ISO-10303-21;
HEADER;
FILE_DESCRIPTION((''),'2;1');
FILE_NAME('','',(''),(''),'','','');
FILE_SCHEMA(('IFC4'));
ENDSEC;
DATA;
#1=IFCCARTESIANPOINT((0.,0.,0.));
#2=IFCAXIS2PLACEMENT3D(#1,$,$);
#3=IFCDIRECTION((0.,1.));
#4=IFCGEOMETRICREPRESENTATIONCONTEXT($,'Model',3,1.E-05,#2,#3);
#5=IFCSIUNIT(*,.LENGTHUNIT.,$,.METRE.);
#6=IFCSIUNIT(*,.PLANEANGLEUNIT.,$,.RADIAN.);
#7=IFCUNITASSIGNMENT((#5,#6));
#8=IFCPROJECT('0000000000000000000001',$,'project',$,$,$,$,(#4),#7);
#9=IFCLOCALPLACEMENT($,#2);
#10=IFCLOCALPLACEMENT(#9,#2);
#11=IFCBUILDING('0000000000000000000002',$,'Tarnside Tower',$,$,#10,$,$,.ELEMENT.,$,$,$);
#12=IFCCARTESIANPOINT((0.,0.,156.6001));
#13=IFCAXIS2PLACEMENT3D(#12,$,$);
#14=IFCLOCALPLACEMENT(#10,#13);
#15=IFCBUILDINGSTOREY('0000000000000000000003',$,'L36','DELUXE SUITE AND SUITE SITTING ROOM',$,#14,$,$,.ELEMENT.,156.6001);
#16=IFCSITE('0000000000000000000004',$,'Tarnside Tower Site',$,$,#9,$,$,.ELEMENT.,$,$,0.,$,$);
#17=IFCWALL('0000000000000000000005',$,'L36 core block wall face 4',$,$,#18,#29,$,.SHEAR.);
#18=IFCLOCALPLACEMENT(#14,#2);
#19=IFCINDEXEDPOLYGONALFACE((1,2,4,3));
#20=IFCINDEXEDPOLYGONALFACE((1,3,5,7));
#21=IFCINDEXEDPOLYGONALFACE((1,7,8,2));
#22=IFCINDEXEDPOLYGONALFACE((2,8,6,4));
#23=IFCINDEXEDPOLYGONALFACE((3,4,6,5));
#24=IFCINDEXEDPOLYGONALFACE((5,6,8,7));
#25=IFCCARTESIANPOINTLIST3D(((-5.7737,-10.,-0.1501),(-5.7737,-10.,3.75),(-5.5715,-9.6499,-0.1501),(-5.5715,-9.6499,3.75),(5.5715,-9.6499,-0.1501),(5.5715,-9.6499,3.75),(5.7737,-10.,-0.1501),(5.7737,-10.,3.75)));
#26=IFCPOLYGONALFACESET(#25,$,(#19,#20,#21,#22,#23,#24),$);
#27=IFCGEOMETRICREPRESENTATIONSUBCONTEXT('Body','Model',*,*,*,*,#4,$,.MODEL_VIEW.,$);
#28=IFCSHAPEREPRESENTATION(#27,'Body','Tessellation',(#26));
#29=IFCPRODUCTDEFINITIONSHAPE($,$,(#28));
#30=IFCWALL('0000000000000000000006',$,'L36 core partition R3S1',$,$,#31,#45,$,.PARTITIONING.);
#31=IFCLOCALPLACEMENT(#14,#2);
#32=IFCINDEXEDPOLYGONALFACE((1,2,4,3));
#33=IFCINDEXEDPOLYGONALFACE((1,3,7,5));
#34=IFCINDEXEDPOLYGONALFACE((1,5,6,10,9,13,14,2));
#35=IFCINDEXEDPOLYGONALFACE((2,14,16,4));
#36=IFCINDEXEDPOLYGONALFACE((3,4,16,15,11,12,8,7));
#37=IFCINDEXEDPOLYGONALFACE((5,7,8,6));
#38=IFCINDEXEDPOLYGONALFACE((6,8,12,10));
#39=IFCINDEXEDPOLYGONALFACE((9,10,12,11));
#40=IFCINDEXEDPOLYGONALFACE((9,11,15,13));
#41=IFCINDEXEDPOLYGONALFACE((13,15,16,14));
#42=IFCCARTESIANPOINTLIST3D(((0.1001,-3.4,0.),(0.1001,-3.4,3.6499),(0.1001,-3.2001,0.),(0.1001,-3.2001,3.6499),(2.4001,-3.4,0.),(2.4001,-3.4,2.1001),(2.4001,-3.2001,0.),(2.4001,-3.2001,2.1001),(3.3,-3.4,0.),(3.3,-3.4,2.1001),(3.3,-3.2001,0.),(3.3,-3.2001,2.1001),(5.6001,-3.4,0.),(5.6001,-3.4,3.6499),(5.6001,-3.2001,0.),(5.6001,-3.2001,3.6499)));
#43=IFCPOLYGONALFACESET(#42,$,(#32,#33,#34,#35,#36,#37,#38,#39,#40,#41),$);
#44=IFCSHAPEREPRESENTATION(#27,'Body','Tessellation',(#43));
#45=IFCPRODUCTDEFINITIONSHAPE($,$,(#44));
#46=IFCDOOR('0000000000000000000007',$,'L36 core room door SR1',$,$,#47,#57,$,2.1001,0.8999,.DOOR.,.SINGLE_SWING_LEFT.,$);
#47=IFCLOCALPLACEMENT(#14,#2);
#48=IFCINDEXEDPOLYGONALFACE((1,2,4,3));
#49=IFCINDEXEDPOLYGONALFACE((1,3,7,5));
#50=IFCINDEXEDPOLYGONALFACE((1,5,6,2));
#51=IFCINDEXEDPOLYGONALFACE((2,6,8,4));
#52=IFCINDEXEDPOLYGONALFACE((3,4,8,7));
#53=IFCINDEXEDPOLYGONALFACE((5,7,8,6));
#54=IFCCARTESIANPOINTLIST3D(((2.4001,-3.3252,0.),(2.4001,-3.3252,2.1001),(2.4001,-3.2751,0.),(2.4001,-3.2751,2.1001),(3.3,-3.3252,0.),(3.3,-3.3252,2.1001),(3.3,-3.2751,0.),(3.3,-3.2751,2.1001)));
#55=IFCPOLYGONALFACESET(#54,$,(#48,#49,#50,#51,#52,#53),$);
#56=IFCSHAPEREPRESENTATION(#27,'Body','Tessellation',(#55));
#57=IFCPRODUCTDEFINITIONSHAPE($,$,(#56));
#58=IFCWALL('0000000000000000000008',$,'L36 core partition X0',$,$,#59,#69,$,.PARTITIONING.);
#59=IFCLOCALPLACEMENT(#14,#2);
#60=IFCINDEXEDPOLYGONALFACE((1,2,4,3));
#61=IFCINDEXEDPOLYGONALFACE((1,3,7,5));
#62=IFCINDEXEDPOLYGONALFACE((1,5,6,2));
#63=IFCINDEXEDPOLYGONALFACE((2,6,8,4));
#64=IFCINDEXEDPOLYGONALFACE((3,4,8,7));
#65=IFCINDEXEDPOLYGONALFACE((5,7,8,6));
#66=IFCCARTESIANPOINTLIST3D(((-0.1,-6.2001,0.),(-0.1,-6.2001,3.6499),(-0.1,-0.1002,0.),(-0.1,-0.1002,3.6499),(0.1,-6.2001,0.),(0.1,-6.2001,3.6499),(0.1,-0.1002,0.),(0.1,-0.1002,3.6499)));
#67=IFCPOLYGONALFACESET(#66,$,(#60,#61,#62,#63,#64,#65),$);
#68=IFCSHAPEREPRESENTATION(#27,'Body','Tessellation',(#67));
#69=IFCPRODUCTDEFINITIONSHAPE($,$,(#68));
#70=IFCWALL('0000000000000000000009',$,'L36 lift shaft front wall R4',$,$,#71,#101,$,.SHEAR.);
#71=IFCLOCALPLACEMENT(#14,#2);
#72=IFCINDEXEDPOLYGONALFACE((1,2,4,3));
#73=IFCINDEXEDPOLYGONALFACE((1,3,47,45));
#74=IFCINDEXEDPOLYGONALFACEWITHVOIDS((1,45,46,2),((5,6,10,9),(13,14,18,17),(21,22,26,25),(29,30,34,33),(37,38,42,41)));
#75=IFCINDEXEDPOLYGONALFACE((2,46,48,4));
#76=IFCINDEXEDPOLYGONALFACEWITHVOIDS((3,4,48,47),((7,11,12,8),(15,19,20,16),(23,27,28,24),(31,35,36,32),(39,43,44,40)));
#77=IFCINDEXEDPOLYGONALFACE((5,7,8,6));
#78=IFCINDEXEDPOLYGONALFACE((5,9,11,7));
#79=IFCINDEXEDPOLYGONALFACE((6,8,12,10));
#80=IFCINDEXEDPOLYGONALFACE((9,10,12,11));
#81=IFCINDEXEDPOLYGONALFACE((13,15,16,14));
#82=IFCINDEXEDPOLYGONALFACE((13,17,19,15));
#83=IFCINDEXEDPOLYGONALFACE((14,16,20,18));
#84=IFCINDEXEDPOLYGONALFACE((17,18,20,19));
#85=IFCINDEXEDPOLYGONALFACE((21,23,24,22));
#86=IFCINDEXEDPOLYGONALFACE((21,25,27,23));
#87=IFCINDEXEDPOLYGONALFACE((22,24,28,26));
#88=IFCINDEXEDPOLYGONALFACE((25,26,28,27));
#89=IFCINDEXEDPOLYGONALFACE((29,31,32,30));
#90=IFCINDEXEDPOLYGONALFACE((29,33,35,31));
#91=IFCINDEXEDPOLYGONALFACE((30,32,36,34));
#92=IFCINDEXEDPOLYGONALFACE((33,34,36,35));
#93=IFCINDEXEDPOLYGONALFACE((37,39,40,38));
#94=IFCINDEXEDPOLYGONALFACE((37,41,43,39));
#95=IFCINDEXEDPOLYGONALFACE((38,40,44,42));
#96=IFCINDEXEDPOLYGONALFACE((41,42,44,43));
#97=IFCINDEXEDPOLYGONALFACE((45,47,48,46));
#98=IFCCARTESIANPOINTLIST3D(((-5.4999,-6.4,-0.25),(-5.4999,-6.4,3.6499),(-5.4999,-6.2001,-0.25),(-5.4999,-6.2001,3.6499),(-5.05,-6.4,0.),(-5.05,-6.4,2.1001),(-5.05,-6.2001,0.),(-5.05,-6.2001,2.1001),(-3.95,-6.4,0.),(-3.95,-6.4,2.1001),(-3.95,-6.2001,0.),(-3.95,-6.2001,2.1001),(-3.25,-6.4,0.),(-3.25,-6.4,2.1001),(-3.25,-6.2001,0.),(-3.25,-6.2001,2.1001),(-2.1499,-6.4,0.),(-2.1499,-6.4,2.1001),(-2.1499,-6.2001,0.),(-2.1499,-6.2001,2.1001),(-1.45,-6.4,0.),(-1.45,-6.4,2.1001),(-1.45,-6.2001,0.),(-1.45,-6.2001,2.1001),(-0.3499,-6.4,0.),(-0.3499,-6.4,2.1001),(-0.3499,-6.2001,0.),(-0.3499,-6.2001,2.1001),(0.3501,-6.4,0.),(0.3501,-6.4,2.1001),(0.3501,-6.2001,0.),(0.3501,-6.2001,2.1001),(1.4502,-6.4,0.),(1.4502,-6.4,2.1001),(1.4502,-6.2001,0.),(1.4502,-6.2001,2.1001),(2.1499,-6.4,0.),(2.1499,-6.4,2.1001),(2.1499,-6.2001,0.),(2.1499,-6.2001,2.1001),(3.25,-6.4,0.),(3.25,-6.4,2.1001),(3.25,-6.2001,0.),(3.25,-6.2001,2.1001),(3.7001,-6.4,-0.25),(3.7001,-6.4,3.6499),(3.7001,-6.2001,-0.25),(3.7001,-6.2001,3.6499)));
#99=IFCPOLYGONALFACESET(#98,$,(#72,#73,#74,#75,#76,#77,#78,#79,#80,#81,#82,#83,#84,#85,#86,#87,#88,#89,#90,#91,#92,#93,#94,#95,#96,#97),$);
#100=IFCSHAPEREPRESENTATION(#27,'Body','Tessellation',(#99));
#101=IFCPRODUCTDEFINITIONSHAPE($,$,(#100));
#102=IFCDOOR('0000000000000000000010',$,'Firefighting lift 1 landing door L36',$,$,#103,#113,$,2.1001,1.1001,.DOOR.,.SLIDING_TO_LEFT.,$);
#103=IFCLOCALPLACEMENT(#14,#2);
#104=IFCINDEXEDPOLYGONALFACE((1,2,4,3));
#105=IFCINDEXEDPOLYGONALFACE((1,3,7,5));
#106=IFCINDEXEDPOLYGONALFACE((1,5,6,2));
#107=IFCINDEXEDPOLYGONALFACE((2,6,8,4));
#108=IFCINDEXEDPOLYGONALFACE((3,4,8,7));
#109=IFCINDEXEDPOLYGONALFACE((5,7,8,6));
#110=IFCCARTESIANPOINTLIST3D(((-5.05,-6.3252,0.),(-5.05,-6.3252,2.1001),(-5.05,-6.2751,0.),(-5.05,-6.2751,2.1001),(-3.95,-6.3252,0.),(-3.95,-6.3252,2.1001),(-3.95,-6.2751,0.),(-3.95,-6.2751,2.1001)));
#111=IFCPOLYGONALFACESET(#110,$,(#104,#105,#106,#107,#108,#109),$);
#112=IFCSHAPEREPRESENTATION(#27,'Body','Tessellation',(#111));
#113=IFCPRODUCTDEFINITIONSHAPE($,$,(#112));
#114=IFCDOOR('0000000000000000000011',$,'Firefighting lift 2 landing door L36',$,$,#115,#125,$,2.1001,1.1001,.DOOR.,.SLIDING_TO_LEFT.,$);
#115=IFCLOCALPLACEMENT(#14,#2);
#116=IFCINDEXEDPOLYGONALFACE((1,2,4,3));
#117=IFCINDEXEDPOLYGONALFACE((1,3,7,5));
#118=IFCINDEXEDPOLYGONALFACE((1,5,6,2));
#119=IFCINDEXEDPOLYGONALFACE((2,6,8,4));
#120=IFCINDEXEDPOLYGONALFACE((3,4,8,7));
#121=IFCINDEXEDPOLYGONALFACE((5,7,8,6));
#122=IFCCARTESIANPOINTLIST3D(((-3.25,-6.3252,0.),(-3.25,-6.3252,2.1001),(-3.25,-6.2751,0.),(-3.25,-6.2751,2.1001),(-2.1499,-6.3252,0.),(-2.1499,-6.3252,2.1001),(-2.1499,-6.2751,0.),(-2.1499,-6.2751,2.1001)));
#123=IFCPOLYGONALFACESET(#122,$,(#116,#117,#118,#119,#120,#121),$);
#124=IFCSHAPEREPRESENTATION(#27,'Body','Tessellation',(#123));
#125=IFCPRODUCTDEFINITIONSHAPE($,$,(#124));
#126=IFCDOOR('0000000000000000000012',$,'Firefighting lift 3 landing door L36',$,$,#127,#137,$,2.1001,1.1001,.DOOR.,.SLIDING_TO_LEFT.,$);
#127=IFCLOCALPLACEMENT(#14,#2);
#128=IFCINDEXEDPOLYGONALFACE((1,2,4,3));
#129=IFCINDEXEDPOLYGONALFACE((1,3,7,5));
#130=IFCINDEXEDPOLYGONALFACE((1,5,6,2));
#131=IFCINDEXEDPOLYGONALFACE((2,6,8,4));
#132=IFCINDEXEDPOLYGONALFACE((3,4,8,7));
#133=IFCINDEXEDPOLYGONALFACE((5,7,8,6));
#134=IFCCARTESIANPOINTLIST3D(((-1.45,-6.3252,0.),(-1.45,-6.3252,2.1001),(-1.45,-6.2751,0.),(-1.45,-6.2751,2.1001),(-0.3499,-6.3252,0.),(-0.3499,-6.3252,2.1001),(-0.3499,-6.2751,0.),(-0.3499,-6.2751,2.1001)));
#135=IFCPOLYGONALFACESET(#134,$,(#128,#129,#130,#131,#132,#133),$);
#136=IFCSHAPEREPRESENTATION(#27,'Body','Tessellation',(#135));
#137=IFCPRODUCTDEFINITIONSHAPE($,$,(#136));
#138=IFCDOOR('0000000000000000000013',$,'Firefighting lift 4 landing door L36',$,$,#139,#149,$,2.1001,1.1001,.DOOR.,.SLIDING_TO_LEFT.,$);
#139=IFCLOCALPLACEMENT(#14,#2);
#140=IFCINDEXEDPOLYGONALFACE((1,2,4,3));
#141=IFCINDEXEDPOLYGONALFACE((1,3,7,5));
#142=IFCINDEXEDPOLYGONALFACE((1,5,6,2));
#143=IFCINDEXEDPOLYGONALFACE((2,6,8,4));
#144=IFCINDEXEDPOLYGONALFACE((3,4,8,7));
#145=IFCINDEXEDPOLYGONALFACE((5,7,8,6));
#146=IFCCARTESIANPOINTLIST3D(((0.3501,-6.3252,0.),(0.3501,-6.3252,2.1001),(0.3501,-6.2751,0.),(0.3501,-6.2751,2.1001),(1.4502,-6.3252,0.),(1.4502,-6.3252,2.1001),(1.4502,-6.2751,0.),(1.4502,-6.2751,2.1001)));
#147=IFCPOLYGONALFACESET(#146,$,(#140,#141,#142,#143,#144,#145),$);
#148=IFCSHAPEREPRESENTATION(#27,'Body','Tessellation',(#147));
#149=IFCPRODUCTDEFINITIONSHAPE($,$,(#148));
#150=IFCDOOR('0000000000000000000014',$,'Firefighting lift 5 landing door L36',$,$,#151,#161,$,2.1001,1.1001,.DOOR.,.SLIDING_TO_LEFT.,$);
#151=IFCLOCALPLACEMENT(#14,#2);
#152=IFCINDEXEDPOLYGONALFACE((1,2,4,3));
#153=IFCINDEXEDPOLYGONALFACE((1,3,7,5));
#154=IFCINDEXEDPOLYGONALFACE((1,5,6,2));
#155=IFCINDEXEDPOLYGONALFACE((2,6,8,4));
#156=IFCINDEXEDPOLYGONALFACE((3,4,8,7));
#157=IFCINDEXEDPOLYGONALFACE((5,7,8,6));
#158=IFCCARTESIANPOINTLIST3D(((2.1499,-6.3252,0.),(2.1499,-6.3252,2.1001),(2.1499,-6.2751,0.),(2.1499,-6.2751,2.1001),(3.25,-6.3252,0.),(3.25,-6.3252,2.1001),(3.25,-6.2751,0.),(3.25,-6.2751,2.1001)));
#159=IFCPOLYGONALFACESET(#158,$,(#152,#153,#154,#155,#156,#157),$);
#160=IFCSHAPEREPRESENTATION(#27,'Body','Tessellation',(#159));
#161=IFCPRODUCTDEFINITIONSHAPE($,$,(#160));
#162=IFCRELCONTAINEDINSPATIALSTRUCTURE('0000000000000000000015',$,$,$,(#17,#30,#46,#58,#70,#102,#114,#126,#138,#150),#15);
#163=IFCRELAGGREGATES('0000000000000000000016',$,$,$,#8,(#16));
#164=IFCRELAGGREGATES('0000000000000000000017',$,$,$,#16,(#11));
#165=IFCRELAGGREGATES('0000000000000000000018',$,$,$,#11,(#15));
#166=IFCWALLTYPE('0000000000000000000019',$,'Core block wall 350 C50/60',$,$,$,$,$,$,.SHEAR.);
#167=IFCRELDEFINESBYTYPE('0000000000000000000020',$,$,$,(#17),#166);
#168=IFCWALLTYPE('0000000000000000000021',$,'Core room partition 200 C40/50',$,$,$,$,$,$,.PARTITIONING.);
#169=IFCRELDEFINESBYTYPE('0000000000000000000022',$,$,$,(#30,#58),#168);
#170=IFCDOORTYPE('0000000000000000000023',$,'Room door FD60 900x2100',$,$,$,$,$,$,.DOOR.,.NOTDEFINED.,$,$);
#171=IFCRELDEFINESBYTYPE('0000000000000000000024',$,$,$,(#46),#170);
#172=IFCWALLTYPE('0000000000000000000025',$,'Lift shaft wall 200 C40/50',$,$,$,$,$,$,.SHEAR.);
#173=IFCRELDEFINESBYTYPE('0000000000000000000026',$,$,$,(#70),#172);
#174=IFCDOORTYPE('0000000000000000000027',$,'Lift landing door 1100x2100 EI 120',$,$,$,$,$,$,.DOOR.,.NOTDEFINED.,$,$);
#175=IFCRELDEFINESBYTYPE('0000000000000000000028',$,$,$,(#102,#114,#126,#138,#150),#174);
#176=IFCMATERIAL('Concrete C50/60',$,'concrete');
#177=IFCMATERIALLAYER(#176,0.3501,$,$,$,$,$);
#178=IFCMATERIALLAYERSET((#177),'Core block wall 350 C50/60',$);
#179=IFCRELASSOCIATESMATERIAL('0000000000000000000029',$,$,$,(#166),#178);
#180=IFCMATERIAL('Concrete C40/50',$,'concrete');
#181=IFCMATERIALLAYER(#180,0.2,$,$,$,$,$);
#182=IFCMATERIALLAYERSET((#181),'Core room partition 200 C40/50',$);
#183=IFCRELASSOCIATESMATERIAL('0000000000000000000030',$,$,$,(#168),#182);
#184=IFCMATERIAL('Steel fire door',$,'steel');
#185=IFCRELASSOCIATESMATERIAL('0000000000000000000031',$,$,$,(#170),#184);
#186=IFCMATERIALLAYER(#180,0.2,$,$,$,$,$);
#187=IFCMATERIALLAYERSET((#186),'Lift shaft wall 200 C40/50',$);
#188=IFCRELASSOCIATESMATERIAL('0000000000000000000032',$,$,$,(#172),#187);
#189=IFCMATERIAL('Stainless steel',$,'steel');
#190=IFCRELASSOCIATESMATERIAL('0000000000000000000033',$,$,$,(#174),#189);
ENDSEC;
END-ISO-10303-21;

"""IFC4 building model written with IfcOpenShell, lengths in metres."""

from ifc_helpers import new_model, si_unit, direction, frame, frame_2d, origin, place, context, subcontext, project, spatial, polyline, rectangle, outline, extrude, material, layer, layer_set, type_object, element, fill, save


model = new_model("IFC4")

# Units and contexts
model_context = context("Model", 3, precision=1e-05, world=origin(), true_north=direction((0.0, 1.0)))
body_context = subcontext(model_context, "Body", "Model", "MODEL_VIEW")
ifc_project = project(units=[si_unit("LENGTHUNIT", "METRE"), si_unit("PLANEANGLEUNIT", "RADIAN")], contexts=[model_context])

# Site, building, storey
site_placement = place(None, origin())
site = spatial("IfcSite", under=ifc_project, at=site_placement, Name="Tarnside Tower Site", CompositionType="ELEMENT", RefElevation=0.0)
building_placement = place(site_placement, origin())
building = spatial("IfcBuilding", under=site, at=building_placement, Name="Tarnside Tower", CompositionType="ELEMENT")
storey_placement = place(building_placement, frame((0.0, 0.0, 156.6001)))
storey = spatial("IfcBuildingStorey", under=building, at=storey_placement, Name="L36", Description="DELUXE SUITE AND SUITE SITTING ROOM", CompositionType="ELEMENT", Elevation=156.6001)

# Wall
ifc_material_1 = material(Name="Concrete C50/60", Category="concrete")
ifc_layer_1 = layer(ifc_material_1, 0.3501)
ifc_layer_set_1 = layer_set([ifc_layer_1], Name="Core block wall 350 C50/60")
wall_type_1 = type_object("IfcWallType", Name="Core block wall 350 C50/60", PredefinedType="SHEAR", material=ifc_layer_set_1)
wall_1_placement = place(storey_placement, frame((-5.6726, -9.825, -0.1501), z_axis=(0.0, 0.0, 1.0), x_axis=(1.0, 0.0, 0.0)))
element("IfcWall", 1, at=wall_1_placement, inside=storey, type_object=wall_type_1, Name="L36 core block wall face 4", PredefinedType="SHEAR", context=body_context, shape_type="SweptSolid", body=[
    extrude(outline(polyline([(-0.1011, -0.175), (11.4463, -0.175), (11.2441, 0.175), (0.1011, 0.175), (-0.1011, -0.175)])), origin(), (0.0, 0.0, 1.0), 3.9001),
])

# Wall, opening, door
ifc_material_2 = material(Name="Concrete C40/50", Category="concrete")
ifc_layer_2 = layer(ifc_material_2, 0.2)
ifc_layer_set_2 = layer_set([ifc_layer_2], Name="Core room partition 200 C40/50")
wall_type_2 = type_object("IfcWallType", Name="Core room partition 200 C40/50", PredefinedType="PARTITIONING", material=ifc_layer_set_2)
wall_2_placement = place(storey_placement, frame((0.1001, -3.3, 0.0), z_axis=(0.0, 0.0, 1.0), x_axis=(1.0, 0.0, 0.0)))
wall_2 = element("IfcWall", 2, at=wall_2_placement, inside=storey, type_object=wall_type_2, Name="L36 core partition R3S1", PredefinedType="PARTITIONING", context=body_context, shape_type="SweptSolid", body=[
    extrude(rectangle(XDim=5.5, YDim=0.2, at=frame_2d((2.75, 0.0))), origin(), (0.0, 0.0, 1.0), 3.6499),
])
opening_1_placement = place(wall_2_placement, frame((2.3, 0.0, 0.0)))
opening_1 = element("IfcOpeningElement", 3, at=opening_1_placement, cuts=wall_2, PredefinedType="OPENING", context=body_context, shape_type="SweptSolid", body=[
    extrude(rectangle(XDim=0.8999, YDim=2.1001, at=frame_2d((0.45, 1.05))), frame((0.0, 0.1099, 0.0), z_axis=(0.0, -1.0, 0.0), x_axis=(1.0, 0.0, 0.0)), (0.0, 0.0, 1.0), 0.22),
])
ifc_material_3 = material(Name="Steel fire door", Category="steel")
door_type_1 = type_object("IfcDoorType", Name="Room door FD60 900x2100", OperationType="NOTDEFINED", PredefinedType="DOOR", material=ifc_material_3)
door_1_placement = place(opening_1_placement, origin())
door_1 = element("IfcDoor", 4, at=door_1_placement, inside=storey, type_object=door_type_1, Name="L36 core room door SR1", OperationType="SINGLE_SWING_LEFT", OverallHeight=2.1001, OverallWidth=0.8999, PredefinedType="DOOR", context=body_context, shape_type="SweptSolid", body=[
    extrude(rectangle(XDim=0.8999, YDim=2.1001, at=frame_2d((0.45, 1.05))), frame((0.0, 0.0249, 0.0), z_axis=(0.0, -1.0, 0.0), x_axis=(1.0, 0.0, 0.0)), (0.0, 0.0, 1.0), 0.05),
])
fill(opening_1, door_1)

# Wall
wall_3_placement = place(storey_placement, frame((0.0, -6.2, 0.0), z_axis=(0.0, 0.0, 1.0), x_axis=(0.0, 1.0, 0.0)))
element("IfcWall", 5, at=wall_3_placement, inside=storey, type_object=wall_type_2, Name="L36 core partition X0", PredefinedType="PARTITIONING", context=body_context, shape_type="SweptSolid", body=[
    extrude(rectangle(XDim=6.0999, YDim=0.2, at=frame_2d((3.0498, 0.0))), origin(), (0.0, 0.0, 1.0), 3.6499),
])

# Wall, openings, doors
ifc_layer_3 = layer(ifc_material_2, 0.2)
ifc_layer_set_3 = layer_set([ifc_layer_3], Name="Lift shaft wall 200 C40/50")
wall_type_3 = type_object("IfcWallType", Name="Lift shaft wall 200 C40/50", PredefinedType="SHEAR", material=ifc_layer_set_3)
wall_4_placement = place(storey_placement, frame((-5.5, -6.3, -0.25), z_axis=(0.0, 0.0, 1.0), x_axis=(1.0, 0.0, 0.0)))
wall_4 = element("IfcWall", 6, at=wall_4_placement, inside=storey, type_object=wall_type_3, Name="L36 lift shaft front wall R4", PredefinedType="SHEAR", context=body_context, shape_type="SweptSolid", body=[
    extrude(rectangle(XDim=9.2, YDim=0.2, at=frame_2d((4.6001, 0.0))), origin(), (0.0, 0.0, 1.0), 3.8999),
])
opening_2_placement = place(wall_4_placement, frame((0.45, 0.0, 0.25)))
opening_2 = element("IfcOpeningElement", 7, at=opening_2_placement, cuts=wall_4, PredefinedType="OPENING", context=body_context, shape_type="SweptSolid", body=[
    extrude(rectangle(XDim=1.1001, YDim=2.1001, at=frame_2d((0.55, 1.05))), frame((0.0, 0.1099, 0.0), z_axis=(0.0, -1.0, 0.0), x_axis=(1.0, 0.0, 0.0)), (0.0, 0.0, 1.0), 0.22),
])
opening_3_placement = place(wall_4_placement, frame((2.25, 0.0, 0.25)))
opening_3 = element("IfcOpeningElement", 8, at=opening_3_placement, cuts=wall_4, PredefinedType="OPENING", context=body_context, shape_type="SweptSolid", body=[
    extrude(rectangle(XDim=1.1001, YDim=2.1001, at=frame_2d((0.55, 1.05))), frame((0.0, 0.1099, 0.0), z_axis=(0.0, -1.0, 0.0), x_axis=(1.0, 0.0, 0.0)), (0.0, 0.0, 1.0), 0.22),
])
opening_4_placement = place(wall_4_placement, frame((4.05, 0.0, 0.25)))
opening_4 = element("IfcOpeningElement", 9, at=opening_4_placement, cuts=wall_4, PredefinedType="OPENING", context=body_context, shape_type="SweptSolid", body=[
    extrude(rectangle(XDim=1.1001, YDim=2.1001, at=frame_2d((0.55, 1.05))), frame((0.0, 0.1099, 0.0), z_axis=(0.0, -1.0, 0.0), x_axis=(1.0, 0.0, 0.0)), (0.0, 0.0, 1.0), 0.22),
])
opening_5_placement = place(wall_4_placement, frame((5.8501, 0.0, 0.25)))
opening_5 = element("IfcOpeningElement", 10, at=opening_5_placement, cuts=wall_4, PredefinedType="OPENING", context=body_context, shape_type="SweptSolid", body=[
    extrude(rectangle(XDim=1.1001, YDim=2.1001, at=frame_2d((0.55, 1.05))), frame((0.0, 0.1099, 0.0), z_axis=(0.0, -1.0, 0.0), x_axis=(1.0, 0.0, 0.0)), (0.0, 0.0, 1.0), 0.22),
])
opening_6_placement = place(wall_4_placement, frame((7.6499, 0.0, 0.25)))
opening_6 = element("IfcOpeningElement", 11, at=opening_6_placement, cuts=wall_4, PredefinedType="OPENING", context=body_context, shape_type="SweptSolid", body=[
    extrude(rectangle(XDim=1.1001, YDim=2.1001, at=frame_2d((0.55, 1.05))), frame((0.0, 0.1099, 0.0), z_axis=(0.0, -1.0, 0.0), x_axis=(1.0, 0.0, 0.0)), (0.0, 0.0, 1.0), 0.22),
])
ifc_material_4 = material(Name="Stainless steel", Category="steel")
door_type_2 = type_object("IfcDoorType", Name="Lift landing door 1100x2100 EI 120", OperationType="NOTDEFINED", PredefinedType="DOOR", material=ifc_material_4)
door_2_placement = place(opening_2_placement, origin())
door_2 = element("IfcDoor", 12, at=door_2_placement, inside=storey, type_object=door_type_2, Name="Firefighting lift 1 landing door L36", OperationType="SLIDING_TO_LEFT", OverallHeight=2.1001, OverallWidth=1.1001, PredefinedType="DOOR", context=body_context, shape_type="SweptSolid", body=[
    extrude(rectangle(XDim=1.1001, YDim=2.1001, at=frame_2d((0.55, 1.05))), frame((0.0, 0.0249, 0.0), z_axis=(0.0, -1.0, 0.0), x_axis=(1.0, 0.0, 0.0)), (0.0, 0.0, 1.0), 0.05),
])
fill(opening_2, door_2)
door_3_placement = place(opening_3_placement, origin())
door_3 = element("IfcDoor", 13, at=door_3_placement, inside=storey, type_object=door_type_2, Name="Firefighting lift 2 landing door L36", OperationType="SLIDING_TO_LEFT", OverallHeight=2.1001, OverallWidth=1.1001, PredefinedType="DOOR", context=body_context, shape_type="SweptSolid", body=[
    extrude(rectangle(XDim=1.1001, YDim=2.1001, at=frame_2d((0.55, 1.05))), frame((0.0, 0.0249, 0.0), z_axis=(0.0, -1.0, 0.0), x_axis=(1.0, 0.0, 0.0)), (0.0, 0.0, 1.0), 0.05),
])
fill(opening_3, door_3)
door_4_placement = place(opening_4_placement, origin())
door_4 = element("IfcDoor", 14, at=door_4_placement, inside=storey, type_object=door_type_2, Name="Firefighting lift 3 landing door L36", OperationType="SLIDING_TO_LEFT", OverallHeight=2.1001, OverallWidth=1.1001, PredefinedType="DOOR", context=body_context, shape_type="SweptSolid", body=[
    extrude(rectangle(XDim=1.1001, YDim=2.1001, at=frame_2d((0.55, 1.05))), frame((0.0, 0.0249, 0.0), z_axis=(0.0, -1.0, 0.0), x_axis=(1.0, 0.0, 0.0)), (0.0, 0.0, 1.0), 0.05),
])
fill(opening_4, door_4)
door_5_placement = place(opening_5_placement, origin())
door_5 = element("IfcDoor", 15, at=door_5_placement, inside=storey, type_object=door_type_2, Name="Firefighting lift 4 landing door L36", OperationType="SLIDING_TO_LEFT", OverallHeight=2.1001, OverallWidth=1.1001, PredefinedType="DOOR", context=body_context, shape_type="SweptSolid", body=[
    extrude(rectangle(XDim=1.1001, YDim=2.1001, at=frame_2d((0.55, 1.05))), frame((0.0, 0.0249, 0.0), z_axis=(0.0, -1.0, 0.0), x_axis=(1.0, 0.0, 0.0)), (0.0, 0.0, 1.0), 0.05),
])
fill(opening_5, door_5)
door_6_placement = place(opening_6_placement, origin())
door_6 = element("IfcDoor", 16, at=door_6_placement, inside=storey, type_object=door_type_2, Name="Firefighting lift 5 landing door L36", OperationType="SLIDING_TO_LEFT", OverallHeight=2.1001, OverallWidth=1.1001, PredefinedType="DOOR", context=body_context, shape_type="SweptSolid", body=[
    extrude(rectangle(XDim=1.1001, YDim=2.1001, at=frame_2d((0.55, 1.05))), frame((0.0, 0.0249, 0.0), z_axis=(0.0, -1.0, 0.0), x_axis=(1.0, 0.0, 0.0)), (0.0, 0.0, 1.0), 0.05),
])
fill(opening_6, door_6)

save(model, "model.ifc")
